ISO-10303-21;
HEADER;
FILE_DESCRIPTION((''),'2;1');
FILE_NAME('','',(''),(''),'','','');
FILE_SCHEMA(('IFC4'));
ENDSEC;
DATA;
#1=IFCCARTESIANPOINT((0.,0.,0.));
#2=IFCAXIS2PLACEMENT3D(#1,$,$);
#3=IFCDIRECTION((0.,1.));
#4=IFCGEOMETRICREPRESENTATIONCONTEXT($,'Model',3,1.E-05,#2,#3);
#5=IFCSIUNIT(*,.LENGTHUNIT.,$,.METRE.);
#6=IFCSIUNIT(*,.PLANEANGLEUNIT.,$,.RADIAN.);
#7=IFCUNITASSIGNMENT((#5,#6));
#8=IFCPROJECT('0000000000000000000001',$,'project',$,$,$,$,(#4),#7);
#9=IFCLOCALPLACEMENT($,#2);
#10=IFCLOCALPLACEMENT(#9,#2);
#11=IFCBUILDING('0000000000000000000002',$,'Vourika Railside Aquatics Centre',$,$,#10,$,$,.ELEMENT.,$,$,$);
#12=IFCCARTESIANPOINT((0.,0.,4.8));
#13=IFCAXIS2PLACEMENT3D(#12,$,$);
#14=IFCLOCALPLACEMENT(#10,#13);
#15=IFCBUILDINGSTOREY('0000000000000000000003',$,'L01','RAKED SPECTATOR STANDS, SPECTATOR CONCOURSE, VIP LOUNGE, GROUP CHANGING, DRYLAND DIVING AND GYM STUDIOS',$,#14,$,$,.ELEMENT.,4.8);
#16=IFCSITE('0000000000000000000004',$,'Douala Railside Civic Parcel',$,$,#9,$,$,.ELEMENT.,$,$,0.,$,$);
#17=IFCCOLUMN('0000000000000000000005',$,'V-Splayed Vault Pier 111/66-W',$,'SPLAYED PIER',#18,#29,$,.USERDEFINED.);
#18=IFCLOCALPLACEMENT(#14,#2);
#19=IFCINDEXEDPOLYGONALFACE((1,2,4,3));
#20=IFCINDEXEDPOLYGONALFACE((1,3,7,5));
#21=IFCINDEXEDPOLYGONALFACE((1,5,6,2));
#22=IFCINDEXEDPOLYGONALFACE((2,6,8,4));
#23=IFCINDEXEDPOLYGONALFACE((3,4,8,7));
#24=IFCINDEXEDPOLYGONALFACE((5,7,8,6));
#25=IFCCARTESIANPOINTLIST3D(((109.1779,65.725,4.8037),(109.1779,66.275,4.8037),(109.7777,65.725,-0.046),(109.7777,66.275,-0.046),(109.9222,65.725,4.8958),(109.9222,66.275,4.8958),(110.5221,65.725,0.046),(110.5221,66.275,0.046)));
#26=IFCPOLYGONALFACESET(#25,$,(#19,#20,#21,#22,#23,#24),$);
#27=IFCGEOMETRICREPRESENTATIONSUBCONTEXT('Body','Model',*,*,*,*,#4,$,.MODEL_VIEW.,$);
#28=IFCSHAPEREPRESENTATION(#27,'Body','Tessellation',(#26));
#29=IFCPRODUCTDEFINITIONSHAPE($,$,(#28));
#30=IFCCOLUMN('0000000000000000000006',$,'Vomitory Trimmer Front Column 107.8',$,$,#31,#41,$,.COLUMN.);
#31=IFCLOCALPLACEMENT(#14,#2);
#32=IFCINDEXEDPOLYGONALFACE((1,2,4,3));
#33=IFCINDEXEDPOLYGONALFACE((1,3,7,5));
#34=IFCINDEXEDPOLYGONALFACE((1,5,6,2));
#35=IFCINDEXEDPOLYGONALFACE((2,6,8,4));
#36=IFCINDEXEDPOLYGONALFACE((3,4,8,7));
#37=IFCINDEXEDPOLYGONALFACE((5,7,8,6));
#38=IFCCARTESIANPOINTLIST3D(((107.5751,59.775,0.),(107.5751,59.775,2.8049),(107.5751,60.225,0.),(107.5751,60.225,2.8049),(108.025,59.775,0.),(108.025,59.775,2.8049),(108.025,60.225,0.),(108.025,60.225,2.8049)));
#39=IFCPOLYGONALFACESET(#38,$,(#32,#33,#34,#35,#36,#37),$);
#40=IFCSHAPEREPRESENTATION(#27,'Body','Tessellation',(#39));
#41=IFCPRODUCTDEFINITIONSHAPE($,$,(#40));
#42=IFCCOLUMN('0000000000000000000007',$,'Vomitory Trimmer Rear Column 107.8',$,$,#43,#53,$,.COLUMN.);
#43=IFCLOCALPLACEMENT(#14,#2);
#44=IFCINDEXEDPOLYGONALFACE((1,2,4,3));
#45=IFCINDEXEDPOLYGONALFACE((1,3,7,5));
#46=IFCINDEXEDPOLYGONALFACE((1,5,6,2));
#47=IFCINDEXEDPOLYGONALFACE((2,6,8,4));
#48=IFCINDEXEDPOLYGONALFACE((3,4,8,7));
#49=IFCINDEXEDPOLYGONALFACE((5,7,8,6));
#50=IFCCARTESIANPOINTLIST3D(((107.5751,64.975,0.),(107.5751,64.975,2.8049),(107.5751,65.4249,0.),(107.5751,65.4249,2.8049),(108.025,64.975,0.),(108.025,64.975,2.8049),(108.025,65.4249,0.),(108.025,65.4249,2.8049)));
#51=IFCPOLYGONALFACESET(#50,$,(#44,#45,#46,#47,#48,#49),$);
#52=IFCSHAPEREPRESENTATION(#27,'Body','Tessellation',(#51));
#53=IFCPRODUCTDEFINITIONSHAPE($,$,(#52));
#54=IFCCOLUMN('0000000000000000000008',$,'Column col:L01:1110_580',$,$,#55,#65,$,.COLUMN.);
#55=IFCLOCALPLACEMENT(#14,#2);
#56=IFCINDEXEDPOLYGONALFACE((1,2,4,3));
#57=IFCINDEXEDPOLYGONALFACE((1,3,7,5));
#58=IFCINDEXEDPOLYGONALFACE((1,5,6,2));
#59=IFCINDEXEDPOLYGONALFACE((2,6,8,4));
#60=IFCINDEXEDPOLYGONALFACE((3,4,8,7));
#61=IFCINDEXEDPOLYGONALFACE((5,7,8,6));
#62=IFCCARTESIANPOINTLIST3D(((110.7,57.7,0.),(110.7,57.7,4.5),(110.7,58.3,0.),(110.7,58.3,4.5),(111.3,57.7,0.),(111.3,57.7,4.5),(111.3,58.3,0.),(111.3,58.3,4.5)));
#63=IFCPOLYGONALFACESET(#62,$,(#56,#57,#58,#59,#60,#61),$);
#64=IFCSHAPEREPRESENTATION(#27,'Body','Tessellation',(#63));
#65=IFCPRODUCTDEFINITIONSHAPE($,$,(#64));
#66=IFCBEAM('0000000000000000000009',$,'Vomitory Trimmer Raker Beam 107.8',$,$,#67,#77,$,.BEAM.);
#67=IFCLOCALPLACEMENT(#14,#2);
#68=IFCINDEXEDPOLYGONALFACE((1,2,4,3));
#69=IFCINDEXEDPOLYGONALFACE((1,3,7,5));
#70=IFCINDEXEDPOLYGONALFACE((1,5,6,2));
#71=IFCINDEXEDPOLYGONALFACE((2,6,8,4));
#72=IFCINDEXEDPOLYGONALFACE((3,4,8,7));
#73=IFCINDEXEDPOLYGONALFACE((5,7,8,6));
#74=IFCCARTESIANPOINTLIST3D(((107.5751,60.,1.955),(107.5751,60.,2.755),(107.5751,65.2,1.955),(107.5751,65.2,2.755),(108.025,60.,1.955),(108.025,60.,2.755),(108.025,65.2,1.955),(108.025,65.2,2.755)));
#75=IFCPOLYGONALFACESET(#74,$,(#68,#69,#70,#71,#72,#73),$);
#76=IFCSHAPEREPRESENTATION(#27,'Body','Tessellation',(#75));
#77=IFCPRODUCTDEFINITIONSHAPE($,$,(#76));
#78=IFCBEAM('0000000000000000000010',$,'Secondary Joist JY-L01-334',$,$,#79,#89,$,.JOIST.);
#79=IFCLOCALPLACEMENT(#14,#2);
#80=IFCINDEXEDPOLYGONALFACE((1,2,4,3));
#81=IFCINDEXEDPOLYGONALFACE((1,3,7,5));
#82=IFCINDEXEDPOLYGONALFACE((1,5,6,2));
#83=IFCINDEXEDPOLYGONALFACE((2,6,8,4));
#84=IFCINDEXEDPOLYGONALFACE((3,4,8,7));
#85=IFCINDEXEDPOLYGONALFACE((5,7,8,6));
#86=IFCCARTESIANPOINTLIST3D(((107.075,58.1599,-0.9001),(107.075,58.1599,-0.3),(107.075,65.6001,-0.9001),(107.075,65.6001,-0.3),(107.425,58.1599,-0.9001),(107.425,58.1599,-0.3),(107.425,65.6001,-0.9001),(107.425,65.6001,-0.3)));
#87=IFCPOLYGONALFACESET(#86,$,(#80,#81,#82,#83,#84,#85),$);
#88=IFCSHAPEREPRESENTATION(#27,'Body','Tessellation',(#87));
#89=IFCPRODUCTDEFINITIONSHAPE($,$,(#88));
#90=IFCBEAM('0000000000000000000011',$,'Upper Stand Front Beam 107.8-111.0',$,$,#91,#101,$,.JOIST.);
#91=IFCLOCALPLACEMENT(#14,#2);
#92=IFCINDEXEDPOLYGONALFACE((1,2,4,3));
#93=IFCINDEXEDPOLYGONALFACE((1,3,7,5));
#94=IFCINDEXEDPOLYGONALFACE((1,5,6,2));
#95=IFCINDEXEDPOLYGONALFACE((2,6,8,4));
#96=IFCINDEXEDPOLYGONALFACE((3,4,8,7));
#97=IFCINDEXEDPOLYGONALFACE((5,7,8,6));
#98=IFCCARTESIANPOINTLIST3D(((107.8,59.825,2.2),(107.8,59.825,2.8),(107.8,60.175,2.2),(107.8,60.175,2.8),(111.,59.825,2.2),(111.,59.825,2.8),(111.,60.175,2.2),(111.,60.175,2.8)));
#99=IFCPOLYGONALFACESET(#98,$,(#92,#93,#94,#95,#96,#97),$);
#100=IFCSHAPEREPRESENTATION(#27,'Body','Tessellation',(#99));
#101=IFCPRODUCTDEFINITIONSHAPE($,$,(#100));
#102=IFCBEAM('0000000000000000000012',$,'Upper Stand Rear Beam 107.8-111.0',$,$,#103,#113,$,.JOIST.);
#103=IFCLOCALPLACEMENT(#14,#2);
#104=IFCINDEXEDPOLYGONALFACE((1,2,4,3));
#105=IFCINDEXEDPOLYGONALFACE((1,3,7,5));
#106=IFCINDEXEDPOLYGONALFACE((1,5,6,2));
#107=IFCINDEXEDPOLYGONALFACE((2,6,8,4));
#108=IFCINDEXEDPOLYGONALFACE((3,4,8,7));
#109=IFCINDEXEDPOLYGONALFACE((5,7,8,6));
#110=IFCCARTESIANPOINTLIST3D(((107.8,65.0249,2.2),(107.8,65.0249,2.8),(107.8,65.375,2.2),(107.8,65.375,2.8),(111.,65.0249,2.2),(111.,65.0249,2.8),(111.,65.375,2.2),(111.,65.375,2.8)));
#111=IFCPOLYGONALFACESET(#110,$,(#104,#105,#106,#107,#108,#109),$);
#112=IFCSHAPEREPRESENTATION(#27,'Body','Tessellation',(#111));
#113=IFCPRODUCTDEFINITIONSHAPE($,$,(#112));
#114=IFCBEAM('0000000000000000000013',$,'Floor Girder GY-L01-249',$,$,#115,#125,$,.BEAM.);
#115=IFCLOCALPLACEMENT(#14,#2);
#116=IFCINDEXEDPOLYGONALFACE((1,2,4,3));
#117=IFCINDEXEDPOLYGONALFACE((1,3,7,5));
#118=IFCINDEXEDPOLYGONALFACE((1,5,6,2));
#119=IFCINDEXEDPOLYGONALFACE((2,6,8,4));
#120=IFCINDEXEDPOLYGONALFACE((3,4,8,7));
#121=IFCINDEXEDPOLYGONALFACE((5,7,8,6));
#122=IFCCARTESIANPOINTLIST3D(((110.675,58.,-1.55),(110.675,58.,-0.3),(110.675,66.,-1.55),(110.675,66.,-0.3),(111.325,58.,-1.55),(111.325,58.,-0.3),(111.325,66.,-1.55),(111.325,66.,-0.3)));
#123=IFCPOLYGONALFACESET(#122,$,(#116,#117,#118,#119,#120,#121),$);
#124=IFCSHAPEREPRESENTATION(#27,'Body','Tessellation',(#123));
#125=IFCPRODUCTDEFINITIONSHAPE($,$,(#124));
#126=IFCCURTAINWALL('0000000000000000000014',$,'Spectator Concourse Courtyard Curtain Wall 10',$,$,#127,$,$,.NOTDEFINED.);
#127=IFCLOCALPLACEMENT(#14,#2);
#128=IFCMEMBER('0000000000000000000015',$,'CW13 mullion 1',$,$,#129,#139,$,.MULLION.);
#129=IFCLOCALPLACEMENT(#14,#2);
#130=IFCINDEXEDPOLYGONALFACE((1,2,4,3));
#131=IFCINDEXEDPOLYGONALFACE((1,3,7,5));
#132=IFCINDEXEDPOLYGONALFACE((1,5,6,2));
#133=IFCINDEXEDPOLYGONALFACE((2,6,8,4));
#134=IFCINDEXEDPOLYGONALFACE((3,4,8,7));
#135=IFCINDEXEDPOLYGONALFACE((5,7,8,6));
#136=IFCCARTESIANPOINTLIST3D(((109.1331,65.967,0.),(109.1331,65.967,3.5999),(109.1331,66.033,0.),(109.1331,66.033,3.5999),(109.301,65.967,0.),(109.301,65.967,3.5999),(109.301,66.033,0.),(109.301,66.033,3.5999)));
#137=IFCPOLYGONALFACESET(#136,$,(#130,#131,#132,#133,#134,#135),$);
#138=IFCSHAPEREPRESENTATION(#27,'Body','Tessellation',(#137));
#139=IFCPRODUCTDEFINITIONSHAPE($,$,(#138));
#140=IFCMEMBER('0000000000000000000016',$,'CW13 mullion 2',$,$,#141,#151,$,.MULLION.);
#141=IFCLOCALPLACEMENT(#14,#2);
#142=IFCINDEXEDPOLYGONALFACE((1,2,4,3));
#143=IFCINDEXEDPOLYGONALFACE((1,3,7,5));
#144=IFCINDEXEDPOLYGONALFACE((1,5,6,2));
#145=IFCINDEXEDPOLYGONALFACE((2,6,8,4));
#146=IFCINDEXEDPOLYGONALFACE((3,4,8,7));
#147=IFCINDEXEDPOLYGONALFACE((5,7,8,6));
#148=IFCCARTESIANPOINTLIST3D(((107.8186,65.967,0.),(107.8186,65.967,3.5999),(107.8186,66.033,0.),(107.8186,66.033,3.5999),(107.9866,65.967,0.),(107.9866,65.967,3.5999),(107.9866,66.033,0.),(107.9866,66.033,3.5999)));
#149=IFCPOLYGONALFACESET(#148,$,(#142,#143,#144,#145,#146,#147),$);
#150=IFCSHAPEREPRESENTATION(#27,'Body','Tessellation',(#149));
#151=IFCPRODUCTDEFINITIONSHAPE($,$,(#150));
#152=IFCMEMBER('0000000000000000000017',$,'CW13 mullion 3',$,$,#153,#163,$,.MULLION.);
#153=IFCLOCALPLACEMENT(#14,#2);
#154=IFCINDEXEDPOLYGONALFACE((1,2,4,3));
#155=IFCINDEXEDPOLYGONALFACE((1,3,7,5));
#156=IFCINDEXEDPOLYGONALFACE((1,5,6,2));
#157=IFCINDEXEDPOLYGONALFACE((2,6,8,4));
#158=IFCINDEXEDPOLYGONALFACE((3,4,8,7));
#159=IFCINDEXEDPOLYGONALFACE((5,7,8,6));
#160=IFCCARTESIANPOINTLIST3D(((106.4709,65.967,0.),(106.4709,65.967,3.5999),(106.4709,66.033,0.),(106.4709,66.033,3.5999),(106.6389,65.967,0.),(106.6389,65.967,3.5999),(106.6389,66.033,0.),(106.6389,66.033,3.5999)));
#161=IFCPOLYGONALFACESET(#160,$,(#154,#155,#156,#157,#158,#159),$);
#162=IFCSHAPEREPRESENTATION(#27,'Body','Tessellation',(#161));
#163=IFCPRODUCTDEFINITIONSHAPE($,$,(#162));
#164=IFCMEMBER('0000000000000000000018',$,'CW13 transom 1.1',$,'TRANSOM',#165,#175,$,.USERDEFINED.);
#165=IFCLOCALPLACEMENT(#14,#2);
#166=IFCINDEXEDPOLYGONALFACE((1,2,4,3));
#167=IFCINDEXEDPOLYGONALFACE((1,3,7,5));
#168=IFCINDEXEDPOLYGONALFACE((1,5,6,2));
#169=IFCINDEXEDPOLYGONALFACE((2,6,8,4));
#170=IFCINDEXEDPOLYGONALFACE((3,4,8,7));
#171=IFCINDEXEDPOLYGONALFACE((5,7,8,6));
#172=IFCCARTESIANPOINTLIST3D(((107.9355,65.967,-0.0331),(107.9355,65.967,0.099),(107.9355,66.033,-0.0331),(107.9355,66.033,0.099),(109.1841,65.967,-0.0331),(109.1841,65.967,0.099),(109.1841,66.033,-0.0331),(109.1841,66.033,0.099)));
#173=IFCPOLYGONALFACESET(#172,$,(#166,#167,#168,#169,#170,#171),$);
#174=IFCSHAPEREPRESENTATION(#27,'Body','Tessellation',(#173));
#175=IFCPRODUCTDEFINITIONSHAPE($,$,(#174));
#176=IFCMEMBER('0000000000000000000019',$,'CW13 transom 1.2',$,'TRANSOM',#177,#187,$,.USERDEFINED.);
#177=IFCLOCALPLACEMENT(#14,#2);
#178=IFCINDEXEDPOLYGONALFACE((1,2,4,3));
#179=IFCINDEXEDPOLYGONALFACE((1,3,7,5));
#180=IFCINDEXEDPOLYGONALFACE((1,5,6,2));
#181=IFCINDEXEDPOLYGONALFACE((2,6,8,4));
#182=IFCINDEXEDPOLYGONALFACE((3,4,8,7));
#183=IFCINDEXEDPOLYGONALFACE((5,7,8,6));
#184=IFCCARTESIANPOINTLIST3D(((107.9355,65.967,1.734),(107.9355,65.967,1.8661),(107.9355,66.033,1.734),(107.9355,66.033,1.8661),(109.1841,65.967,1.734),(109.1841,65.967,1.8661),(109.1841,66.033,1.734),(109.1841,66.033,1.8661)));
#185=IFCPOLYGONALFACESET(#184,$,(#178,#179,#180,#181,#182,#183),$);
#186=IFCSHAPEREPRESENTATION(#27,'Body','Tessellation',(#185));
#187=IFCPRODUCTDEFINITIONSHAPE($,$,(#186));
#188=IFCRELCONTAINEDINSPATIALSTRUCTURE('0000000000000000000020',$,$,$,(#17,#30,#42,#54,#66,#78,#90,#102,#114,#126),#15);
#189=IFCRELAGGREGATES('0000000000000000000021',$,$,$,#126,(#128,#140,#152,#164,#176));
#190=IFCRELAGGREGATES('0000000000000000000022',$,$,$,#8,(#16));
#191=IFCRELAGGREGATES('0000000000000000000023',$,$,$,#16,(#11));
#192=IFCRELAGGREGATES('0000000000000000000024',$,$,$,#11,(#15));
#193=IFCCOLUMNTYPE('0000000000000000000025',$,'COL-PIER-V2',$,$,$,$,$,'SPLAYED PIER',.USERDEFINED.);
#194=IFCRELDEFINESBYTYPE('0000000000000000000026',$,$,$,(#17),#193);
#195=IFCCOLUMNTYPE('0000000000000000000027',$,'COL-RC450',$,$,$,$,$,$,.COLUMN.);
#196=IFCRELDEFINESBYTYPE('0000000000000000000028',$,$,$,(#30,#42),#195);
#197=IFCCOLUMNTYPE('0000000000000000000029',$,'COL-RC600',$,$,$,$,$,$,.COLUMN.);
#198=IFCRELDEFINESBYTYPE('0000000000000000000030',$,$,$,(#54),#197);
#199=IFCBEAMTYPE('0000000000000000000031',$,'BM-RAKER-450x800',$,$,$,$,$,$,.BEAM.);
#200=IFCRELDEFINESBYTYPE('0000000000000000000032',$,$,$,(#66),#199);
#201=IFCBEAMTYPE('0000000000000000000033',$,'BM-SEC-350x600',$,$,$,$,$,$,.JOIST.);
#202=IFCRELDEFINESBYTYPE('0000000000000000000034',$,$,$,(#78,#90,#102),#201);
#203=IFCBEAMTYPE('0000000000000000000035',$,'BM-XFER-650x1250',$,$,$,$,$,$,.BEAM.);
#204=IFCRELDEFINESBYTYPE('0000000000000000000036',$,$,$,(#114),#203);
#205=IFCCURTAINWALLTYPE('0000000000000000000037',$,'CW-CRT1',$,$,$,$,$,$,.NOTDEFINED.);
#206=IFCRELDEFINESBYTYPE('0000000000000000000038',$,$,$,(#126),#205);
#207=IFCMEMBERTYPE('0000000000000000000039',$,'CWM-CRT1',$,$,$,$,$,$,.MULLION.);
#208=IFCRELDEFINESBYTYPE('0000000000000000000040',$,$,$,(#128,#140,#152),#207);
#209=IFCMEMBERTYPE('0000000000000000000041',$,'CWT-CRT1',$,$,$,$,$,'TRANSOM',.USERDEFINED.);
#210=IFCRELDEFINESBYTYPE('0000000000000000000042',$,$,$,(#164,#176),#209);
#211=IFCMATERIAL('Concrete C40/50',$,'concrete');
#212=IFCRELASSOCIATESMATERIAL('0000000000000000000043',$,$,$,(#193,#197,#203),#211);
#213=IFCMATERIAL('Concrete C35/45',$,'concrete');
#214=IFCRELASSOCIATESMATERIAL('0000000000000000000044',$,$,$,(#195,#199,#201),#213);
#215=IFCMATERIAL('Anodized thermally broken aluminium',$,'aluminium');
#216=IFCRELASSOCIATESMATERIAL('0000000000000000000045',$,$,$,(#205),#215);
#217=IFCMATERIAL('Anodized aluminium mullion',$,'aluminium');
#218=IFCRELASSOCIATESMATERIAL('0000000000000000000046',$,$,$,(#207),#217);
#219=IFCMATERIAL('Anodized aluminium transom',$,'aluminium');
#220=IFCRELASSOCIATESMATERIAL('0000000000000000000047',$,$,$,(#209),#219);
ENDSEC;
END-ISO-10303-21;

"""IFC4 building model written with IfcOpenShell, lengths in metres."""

from ifc_helpers import new_model, si_unit, direction, frame, origin, origin_2d, place, context, subcontext, project, spatial, rectangle, extrude, material, material_profile, profile_set, type_object, element, aggregate, save


model = new_model("IFC4")

# Units and contexts
model_context = context("Model", 3, precision=1e-05, world=origin(), true_north=direction((0.0, 1.0)))
body_context = subcontext(model_context, "Body", "Model", "MODEL_VIEW")
ifc_project = project(units=[si_unit("LENGTHUNIT", "METRE"), si_unit("PLANEANGLEUNIT", "RADIAN")], contexts=[model_context])

# Site, building, storey
site_placement = place(None, origin())
site = spatial("IfcSite", under=ifc_project, at=site_placement, Name="Douala Railside Civic Parcel", CompositionType="ELEMENT", RefElevation=0.0)
building_placement = place(site_placement, origin())
building = spatial("IfcBuilding", under=site, at=building_placement, Name="Vourika Railside Aquatics Centre", CompositionType="ELEMENT")
storey_placement = place(building_placement, frame((0.0, 0.0, 4.8)))
storey = spatial("IfcBuildingStorey", under=building, at=storey_placement, Name="L01", Description="RAKED SPECTATOR STANDS, SPECTATOR CONCOURSE, VIP LOUNGE, GROUP CHANGING, DRYLAND DIVING AND GYM STUDIOS", CompositionType="ELEMENT", Elevation=4.8)

# Columns
ifc_material_1 = material(Name="Concrete C40/50", Category="concrete")
ifc_material_profile_1 = material_profile(ifc_material_1, rectangle(XDim=0.55, YDim=0.75, at=origin_2d()), Name="RC 550x750")
ifc_profile_set_1 = profile_set([ifc_material_profile_1], Name="Concrete C40/50")
column_type_1 = type_object("IfcColumnType", Name="COL-PIER-V2", ElementType="SPLAYED PIER", PredefinedType="USERDEFINED", material=ifc_profile_set_1)
column_1_placement = place(storey_placement, frame((110.1499, 66.0, 0.0), z_axis=(-0.12275, 0.0, 0.992438), x_axis=(0.0, -1.0, 0.0)))
element("IfcColumn", 1, at=column_1_placement, inside=storey, type_object=column_type_1, Name="V-Splayed Vault Pier 111/66-W", ObjectType="SPLAYED PIER", PredefinedType="USERDEFINED", context=body_context, shape_type="SweptSolid", body=[
    extrude(rectangle(XDim=0.55, YDim=0.75, at=origin_2d()), origin(), (0.0, 0.0, 1.0), 4.8867),
])
ifc_material_2 = material(Name="Concrete C35/45", Category="concrete")
ifc_material_profile_2 = material_profile(ifc_material_2, rectangle(XDim=0.45, YDim=0.45, at=origin_2d()), Name="RC 450x450")
ifc_profile_set_2 = profile_set([ifc_material_profile_2], Name="Concrete C35/45")
column_type_2 = type_object("IfcColumnType", Name="COL-RC450", PredefinedType="COLUMN", material=ifc_profile_set_2)
for number, where, z_axis, x_axis, name in (
    (2, (107.8, 60.0, 0.0), (0.0, 0.0, 1.0), (1.0, 0.0, 0.0), "Vomitory Trimmer Front Column 107.8"),
    (3, (107.8, 65.2, 0.0), (0.0, 0.0, 1.0), (1.0, 0.0, 0.0), "Vomitory Trimmer Rear Column 107.8"),
):
    element("IfcColumn", number, at=place(storey_placement, frame(where, z_axis=z_axis, x_axis=x_axis)), inside=storey, type_object=column_type_2, Name=name, PredefinedType="COLUMN", context=body_context, shape_type="SweptSolid", body=[
        extrude(rectangle(XDim=0.45, YDim=0.45, at=origin_2d()), origin(), (0.0, 0.0, 1.0), 2.8049),
    ])
ifc_material_profile_3 = material_profile(ifc_material_1, rectangle(XDim=0.6001, YDim=0.6001, at=origin_2d()), Name="RC 600x600")
ifc_profile_set_3 = profile_set([ifc_material_profile_3], Name="Concrete C40/50")
column_type_3 = type_object("IfcColumnType", Name="COL-RC600", PredefinedType="COLUMN", material=ifc_profile_set_3)
column_2_placement = place(storey_placement, frame((111.0, 58.0, 0.0), z_axis=(0.0, 0.0, 1.0), x_axis=(1.0, 0.0, 0.0)))
element("IfcColumn", 4, at=column_2_placement, inside=storey, type_object=column_type_3, Name="Column col:L01:1110_580", PredefinedType="COLUMN", context=body_context, shape_type="SweptSolid", body=[
    extrude(rectangle(XDim=0.6001, YDim=0.6001, at=origin_2d()), origin(), (0.0, 0.0, 1.0), 4.5),
])

# Beams
ifc_material_profile_4 = material_profile(ifc_material_2, rectangle(XDim=0.45, YDim=0.8, at=origin_2d()), Name="RC 450x800")
ifc_profile_set_4 = profile_set([ifc_material_profile_4], Name="Concrete C35/45")
beam_type_1 = type_object("IfcBeamType", Name="BM-RAKER-450x800", PredefinedType="BEAM", material=ifc_profile_set_4)
beam_1_placement = place(storey_placement, frame((107.8, 60.0, 2.355), z_axis=(0.0, 1.0, 0.0), x_axis=(-1.0, 0.0, 0.0)))
element("IfcBeam", 5, at=beam_1_placement, inside=storey, type_object=beam_type_1, Name="Vomitory Trimmer Raker Beam 107.8", PredefinedType="BEAM", context=body_context, shape_type="SweptSolid", body=[
    extrude(rectangle(XDim=0.45, YDim=0.8, at=origin_2d()), origin(), (0.0, 0.0, 1.0), 5.2),
])
ifc_material_profile_5 = material_profile(ifc_material_2, rectangle(XDim=0.3501, YDim=0.6001, at=origin_2d()), Name="RC 350x600")
ifc_profile_set_5 = profile_set([ifc_material_profile_5], Name="Concrete C35/45")
beam_type_2 = type_object("IfcBeamType", Name="BM-SEC-350x600", PredefinedType="JOIST", material=ifc_profile_set_5)
beam_2_placement = place(storey_placement, frame((107.25, 58.1599, -0.6001), z_axis=(0.0, 1.0, 0.0), x_axis=(-1.0, 0.0, 0.0)))
element("IfcBeam", 6, at=beam_2_placement, inside=storey, type_object=beam_type_2, Name="Secondary Joist JY-L01-334", PredefinedType="JOIST", context=body_context, shape_type="SweptSolid", body=[
    extrude(rectangle(XDim=0.3501, YDim=0.6001, at=origin_2d()), origin(), (0.0, 0.0, 1.0), 7.4402),
])
for number, where, z_axis, x_axis, name in (
    (7, (107.8, 60.0, 2.5), (1.0, 0.0, 0.0), (0.0, 1.0, 0.0), "Upper Stand Front Beam 107.8-111.0"),
    (8, (107.8, 65.2, 2.5), (1.0, 0.0, 0.0), (0.0, 1.0, 0.0), "Upper Stand Rear Beam 107.8-111.0"),
):
    element("IfcBeam", number, at=place(storey_placement, frame(where, z_axis=z_axis, x_axis=x_axis)), inside=storey, type_object=beam_type_2, Name=name, PredefinedType="JOIST", context=body_context, shape_type="SweptSolid", body=[
        extrude(rectangle(XDim=0.3501, YDim=0.6001, at=origin_2d()), origin(), (0.0, 0.0, 1.0), 3.2),
    ])
ifc_material_profile_6 = material_profile(ifc_material_1, rectangle(XDim=0.6499, YDim=1.25, at=origin_2d()), Name="RC 650x1250")
ifc_profile_set_6 = profile_set([ifc_material_profile_6], Name="Concrete C40/50")
beam_type_3 = type_object("IfcBeamType", Name="BM-XFER-650x1250", PredefinedType="BEAM", material=ifc_profile_set_6)
beam_3_placement = place(storey_placement, frame((111.0, 58.0, -0.925), z_axis=(0.0, 1.0, 0.0), x_axis=(-1.0, 0.0, 0.0)))
element("IfcBeam", 9, at=beam_3_placement, inside=storey, type_object=beam_type_3, Name="Floor Girder GY-L01-249", PredefinedType="BEAM", context=body_context, shape_type="SweptSolid", body=[
    extrude(rectangle(XDim=0.6499, YDim=1.25, at=origin_2d()), origin(), (0.0, 0.0, 1.0), 8.0),
])

# Curtain wall, members
ifc_material_3 = material(Name="Anodized thermally broken aluminium", Category="aluminium")
curtain_wall_type = type_object("IfcCurtainWallType", Name="CW-CRT1", PredefinedType="NOTDEFINED", material=ifc_material_3)
curtain_wall_placement = place(storey_placement, origin())
curtain_wall = element("IfcCurtainWall", 10, at=curtain_wall_placement, inside=storey, type_object=curtain_wall_type, Name="Spectator Concourse Courtyard Curtain Wall 10", PredefinedType="NOTDEFINED")
ifc_material_4 = material(Name="Anodized aluminium mullion", Category="aluminium")
ifc_material_profile_7 = material_profile(ifc_material_4, rectangle(XDim=0.0659, YDim=0.168, at=origin_2d()), Name="ALU-M 66x168")
ifc_profile_set_7 = profile_set([ifc_material_profile_7], Name="Anodized aluminium mullion")
member_type_1 = type_object("IfcMemberType", Name="CWM-CRT1", PredefinedType="MULLION", material=ifc_profile_set_7)
member_1_placement = place(storey_placement, frame((109.217, 66.0, 0.0), z_axis=(0.0, 0.0, 1.0), x_axis=(0.0, -1.0, 0.0)))
member_1 = element("IfcMember", 11, at=member_1_placement, type_object=member_type_1, Name="CW13 mullion 1", PredefinedType="MULLION", context=body_context, shape_type="SweptSolid", body=[
    extrude(rectangle(XDim=0.0659, YDim=0.168, at=origin_2d()), origin(), (0.0, 0.0, 1.0), 3.5999),
])
member_2_placement = place(storey_placement, frame((107.9026, 66.0, 0.0), z_axis=(0.0, 0.0, 1.0), x_axis=(0.0, -1.0, 0.0)))
member_2 = element("IfcMember", 12, at=member_2_placement, type_object=member_type_1, Name="CW13 mullion 2", PredefinedType="MULLION", context=body_context, shape_type="SweptSolid", body=[
    extrude(rectangle(XDim=0.0659, YDim=0.168, at=origin_2d()), origin(), (0.0, 0.0, 1.0), 3.5999),
])
member_3_placement = place(storey_placement, frame((106.5549, 66.0, 0.0), z_axis=(0.0, 0.0, 1.0), x_axis=(0.0, -1.0, 0.0)))
member_3 = element("IfcMember", 13, at=member_3_placement, type_object=member_type_1, Name="CW13 mullion 3", PredefinedType="MULLION", context=body_context, shape_type="SweptSolid", body=[
    extrude(rectangle(XDim=0.0659, YDim=0.168, at=origin_2d()), origin(), (0.0, 0.0, 1.0), 3.5999),
])
ifc_material_5 = material(Name="Anodized aluminium transom", Category="aluminium")
ifc_material_profile_8 = material_profile(ifc_material_5, rectangle(XDim=0.0659, YDim=0.1321, at=origin_2d()), Name="ALU-T 66x132")
ifc_profile_set_8 = profile_set([ifc_material_profile_8], Name="Anodized aluminium transom")
member_type_2 = type_object("IfcMemberType", Name="CWT-CRT1", ElementType="TRANSOM", PredefinedType="USERDEFINED", material=ifc_profile_set_8)
member_4_placement = place(storey_placement, frame((109.1841, 66.0, 0.033), z_axis=(-1.0, 0.0, 0.0), x_axis=(0.0, -1.0, 0.0)))
member_4 = element("IfcMember", 14, at=member_4_placement, type_object=member_type_2, Name="CW13 transom 1.1", ObjectType="TRANSOM", PredefinedType="USERDEFINED", context=body_context, shape_type="SweptSolid", body=[
    extrude(rectangle(XDim=0.0659, YDim=0.1321, at=origin_2d()), origin(), (0.0, 0.0, 1.0), 1.2485),
])
member_5_placement = place(storey_placement, frame((109.1841, 66.0, 1.8), z_axis=(-1.0, 0.0, 0.0), x_axis=(0.0, -1.0, 0.0)))
member_5 = element("IfcMember", 15, at=member_5_placement, type_object=member_type_2, Name="CW13 transom 1.2", ObjectType="TRANSOM", PredefinedType="USERDEFINED", context=body_context, shape_type="SweptSolid", body=[
    extrude(rectangle(XDim=0.0659, YDim=0.1321, at=origin_2d()), origin(), (0.0, 0.0, 1.0), 1.2485),
])
aggregate(curtain_wall, [member_1, member_2, member_3, member_4, member_5])

save(model, "model.ifc")
